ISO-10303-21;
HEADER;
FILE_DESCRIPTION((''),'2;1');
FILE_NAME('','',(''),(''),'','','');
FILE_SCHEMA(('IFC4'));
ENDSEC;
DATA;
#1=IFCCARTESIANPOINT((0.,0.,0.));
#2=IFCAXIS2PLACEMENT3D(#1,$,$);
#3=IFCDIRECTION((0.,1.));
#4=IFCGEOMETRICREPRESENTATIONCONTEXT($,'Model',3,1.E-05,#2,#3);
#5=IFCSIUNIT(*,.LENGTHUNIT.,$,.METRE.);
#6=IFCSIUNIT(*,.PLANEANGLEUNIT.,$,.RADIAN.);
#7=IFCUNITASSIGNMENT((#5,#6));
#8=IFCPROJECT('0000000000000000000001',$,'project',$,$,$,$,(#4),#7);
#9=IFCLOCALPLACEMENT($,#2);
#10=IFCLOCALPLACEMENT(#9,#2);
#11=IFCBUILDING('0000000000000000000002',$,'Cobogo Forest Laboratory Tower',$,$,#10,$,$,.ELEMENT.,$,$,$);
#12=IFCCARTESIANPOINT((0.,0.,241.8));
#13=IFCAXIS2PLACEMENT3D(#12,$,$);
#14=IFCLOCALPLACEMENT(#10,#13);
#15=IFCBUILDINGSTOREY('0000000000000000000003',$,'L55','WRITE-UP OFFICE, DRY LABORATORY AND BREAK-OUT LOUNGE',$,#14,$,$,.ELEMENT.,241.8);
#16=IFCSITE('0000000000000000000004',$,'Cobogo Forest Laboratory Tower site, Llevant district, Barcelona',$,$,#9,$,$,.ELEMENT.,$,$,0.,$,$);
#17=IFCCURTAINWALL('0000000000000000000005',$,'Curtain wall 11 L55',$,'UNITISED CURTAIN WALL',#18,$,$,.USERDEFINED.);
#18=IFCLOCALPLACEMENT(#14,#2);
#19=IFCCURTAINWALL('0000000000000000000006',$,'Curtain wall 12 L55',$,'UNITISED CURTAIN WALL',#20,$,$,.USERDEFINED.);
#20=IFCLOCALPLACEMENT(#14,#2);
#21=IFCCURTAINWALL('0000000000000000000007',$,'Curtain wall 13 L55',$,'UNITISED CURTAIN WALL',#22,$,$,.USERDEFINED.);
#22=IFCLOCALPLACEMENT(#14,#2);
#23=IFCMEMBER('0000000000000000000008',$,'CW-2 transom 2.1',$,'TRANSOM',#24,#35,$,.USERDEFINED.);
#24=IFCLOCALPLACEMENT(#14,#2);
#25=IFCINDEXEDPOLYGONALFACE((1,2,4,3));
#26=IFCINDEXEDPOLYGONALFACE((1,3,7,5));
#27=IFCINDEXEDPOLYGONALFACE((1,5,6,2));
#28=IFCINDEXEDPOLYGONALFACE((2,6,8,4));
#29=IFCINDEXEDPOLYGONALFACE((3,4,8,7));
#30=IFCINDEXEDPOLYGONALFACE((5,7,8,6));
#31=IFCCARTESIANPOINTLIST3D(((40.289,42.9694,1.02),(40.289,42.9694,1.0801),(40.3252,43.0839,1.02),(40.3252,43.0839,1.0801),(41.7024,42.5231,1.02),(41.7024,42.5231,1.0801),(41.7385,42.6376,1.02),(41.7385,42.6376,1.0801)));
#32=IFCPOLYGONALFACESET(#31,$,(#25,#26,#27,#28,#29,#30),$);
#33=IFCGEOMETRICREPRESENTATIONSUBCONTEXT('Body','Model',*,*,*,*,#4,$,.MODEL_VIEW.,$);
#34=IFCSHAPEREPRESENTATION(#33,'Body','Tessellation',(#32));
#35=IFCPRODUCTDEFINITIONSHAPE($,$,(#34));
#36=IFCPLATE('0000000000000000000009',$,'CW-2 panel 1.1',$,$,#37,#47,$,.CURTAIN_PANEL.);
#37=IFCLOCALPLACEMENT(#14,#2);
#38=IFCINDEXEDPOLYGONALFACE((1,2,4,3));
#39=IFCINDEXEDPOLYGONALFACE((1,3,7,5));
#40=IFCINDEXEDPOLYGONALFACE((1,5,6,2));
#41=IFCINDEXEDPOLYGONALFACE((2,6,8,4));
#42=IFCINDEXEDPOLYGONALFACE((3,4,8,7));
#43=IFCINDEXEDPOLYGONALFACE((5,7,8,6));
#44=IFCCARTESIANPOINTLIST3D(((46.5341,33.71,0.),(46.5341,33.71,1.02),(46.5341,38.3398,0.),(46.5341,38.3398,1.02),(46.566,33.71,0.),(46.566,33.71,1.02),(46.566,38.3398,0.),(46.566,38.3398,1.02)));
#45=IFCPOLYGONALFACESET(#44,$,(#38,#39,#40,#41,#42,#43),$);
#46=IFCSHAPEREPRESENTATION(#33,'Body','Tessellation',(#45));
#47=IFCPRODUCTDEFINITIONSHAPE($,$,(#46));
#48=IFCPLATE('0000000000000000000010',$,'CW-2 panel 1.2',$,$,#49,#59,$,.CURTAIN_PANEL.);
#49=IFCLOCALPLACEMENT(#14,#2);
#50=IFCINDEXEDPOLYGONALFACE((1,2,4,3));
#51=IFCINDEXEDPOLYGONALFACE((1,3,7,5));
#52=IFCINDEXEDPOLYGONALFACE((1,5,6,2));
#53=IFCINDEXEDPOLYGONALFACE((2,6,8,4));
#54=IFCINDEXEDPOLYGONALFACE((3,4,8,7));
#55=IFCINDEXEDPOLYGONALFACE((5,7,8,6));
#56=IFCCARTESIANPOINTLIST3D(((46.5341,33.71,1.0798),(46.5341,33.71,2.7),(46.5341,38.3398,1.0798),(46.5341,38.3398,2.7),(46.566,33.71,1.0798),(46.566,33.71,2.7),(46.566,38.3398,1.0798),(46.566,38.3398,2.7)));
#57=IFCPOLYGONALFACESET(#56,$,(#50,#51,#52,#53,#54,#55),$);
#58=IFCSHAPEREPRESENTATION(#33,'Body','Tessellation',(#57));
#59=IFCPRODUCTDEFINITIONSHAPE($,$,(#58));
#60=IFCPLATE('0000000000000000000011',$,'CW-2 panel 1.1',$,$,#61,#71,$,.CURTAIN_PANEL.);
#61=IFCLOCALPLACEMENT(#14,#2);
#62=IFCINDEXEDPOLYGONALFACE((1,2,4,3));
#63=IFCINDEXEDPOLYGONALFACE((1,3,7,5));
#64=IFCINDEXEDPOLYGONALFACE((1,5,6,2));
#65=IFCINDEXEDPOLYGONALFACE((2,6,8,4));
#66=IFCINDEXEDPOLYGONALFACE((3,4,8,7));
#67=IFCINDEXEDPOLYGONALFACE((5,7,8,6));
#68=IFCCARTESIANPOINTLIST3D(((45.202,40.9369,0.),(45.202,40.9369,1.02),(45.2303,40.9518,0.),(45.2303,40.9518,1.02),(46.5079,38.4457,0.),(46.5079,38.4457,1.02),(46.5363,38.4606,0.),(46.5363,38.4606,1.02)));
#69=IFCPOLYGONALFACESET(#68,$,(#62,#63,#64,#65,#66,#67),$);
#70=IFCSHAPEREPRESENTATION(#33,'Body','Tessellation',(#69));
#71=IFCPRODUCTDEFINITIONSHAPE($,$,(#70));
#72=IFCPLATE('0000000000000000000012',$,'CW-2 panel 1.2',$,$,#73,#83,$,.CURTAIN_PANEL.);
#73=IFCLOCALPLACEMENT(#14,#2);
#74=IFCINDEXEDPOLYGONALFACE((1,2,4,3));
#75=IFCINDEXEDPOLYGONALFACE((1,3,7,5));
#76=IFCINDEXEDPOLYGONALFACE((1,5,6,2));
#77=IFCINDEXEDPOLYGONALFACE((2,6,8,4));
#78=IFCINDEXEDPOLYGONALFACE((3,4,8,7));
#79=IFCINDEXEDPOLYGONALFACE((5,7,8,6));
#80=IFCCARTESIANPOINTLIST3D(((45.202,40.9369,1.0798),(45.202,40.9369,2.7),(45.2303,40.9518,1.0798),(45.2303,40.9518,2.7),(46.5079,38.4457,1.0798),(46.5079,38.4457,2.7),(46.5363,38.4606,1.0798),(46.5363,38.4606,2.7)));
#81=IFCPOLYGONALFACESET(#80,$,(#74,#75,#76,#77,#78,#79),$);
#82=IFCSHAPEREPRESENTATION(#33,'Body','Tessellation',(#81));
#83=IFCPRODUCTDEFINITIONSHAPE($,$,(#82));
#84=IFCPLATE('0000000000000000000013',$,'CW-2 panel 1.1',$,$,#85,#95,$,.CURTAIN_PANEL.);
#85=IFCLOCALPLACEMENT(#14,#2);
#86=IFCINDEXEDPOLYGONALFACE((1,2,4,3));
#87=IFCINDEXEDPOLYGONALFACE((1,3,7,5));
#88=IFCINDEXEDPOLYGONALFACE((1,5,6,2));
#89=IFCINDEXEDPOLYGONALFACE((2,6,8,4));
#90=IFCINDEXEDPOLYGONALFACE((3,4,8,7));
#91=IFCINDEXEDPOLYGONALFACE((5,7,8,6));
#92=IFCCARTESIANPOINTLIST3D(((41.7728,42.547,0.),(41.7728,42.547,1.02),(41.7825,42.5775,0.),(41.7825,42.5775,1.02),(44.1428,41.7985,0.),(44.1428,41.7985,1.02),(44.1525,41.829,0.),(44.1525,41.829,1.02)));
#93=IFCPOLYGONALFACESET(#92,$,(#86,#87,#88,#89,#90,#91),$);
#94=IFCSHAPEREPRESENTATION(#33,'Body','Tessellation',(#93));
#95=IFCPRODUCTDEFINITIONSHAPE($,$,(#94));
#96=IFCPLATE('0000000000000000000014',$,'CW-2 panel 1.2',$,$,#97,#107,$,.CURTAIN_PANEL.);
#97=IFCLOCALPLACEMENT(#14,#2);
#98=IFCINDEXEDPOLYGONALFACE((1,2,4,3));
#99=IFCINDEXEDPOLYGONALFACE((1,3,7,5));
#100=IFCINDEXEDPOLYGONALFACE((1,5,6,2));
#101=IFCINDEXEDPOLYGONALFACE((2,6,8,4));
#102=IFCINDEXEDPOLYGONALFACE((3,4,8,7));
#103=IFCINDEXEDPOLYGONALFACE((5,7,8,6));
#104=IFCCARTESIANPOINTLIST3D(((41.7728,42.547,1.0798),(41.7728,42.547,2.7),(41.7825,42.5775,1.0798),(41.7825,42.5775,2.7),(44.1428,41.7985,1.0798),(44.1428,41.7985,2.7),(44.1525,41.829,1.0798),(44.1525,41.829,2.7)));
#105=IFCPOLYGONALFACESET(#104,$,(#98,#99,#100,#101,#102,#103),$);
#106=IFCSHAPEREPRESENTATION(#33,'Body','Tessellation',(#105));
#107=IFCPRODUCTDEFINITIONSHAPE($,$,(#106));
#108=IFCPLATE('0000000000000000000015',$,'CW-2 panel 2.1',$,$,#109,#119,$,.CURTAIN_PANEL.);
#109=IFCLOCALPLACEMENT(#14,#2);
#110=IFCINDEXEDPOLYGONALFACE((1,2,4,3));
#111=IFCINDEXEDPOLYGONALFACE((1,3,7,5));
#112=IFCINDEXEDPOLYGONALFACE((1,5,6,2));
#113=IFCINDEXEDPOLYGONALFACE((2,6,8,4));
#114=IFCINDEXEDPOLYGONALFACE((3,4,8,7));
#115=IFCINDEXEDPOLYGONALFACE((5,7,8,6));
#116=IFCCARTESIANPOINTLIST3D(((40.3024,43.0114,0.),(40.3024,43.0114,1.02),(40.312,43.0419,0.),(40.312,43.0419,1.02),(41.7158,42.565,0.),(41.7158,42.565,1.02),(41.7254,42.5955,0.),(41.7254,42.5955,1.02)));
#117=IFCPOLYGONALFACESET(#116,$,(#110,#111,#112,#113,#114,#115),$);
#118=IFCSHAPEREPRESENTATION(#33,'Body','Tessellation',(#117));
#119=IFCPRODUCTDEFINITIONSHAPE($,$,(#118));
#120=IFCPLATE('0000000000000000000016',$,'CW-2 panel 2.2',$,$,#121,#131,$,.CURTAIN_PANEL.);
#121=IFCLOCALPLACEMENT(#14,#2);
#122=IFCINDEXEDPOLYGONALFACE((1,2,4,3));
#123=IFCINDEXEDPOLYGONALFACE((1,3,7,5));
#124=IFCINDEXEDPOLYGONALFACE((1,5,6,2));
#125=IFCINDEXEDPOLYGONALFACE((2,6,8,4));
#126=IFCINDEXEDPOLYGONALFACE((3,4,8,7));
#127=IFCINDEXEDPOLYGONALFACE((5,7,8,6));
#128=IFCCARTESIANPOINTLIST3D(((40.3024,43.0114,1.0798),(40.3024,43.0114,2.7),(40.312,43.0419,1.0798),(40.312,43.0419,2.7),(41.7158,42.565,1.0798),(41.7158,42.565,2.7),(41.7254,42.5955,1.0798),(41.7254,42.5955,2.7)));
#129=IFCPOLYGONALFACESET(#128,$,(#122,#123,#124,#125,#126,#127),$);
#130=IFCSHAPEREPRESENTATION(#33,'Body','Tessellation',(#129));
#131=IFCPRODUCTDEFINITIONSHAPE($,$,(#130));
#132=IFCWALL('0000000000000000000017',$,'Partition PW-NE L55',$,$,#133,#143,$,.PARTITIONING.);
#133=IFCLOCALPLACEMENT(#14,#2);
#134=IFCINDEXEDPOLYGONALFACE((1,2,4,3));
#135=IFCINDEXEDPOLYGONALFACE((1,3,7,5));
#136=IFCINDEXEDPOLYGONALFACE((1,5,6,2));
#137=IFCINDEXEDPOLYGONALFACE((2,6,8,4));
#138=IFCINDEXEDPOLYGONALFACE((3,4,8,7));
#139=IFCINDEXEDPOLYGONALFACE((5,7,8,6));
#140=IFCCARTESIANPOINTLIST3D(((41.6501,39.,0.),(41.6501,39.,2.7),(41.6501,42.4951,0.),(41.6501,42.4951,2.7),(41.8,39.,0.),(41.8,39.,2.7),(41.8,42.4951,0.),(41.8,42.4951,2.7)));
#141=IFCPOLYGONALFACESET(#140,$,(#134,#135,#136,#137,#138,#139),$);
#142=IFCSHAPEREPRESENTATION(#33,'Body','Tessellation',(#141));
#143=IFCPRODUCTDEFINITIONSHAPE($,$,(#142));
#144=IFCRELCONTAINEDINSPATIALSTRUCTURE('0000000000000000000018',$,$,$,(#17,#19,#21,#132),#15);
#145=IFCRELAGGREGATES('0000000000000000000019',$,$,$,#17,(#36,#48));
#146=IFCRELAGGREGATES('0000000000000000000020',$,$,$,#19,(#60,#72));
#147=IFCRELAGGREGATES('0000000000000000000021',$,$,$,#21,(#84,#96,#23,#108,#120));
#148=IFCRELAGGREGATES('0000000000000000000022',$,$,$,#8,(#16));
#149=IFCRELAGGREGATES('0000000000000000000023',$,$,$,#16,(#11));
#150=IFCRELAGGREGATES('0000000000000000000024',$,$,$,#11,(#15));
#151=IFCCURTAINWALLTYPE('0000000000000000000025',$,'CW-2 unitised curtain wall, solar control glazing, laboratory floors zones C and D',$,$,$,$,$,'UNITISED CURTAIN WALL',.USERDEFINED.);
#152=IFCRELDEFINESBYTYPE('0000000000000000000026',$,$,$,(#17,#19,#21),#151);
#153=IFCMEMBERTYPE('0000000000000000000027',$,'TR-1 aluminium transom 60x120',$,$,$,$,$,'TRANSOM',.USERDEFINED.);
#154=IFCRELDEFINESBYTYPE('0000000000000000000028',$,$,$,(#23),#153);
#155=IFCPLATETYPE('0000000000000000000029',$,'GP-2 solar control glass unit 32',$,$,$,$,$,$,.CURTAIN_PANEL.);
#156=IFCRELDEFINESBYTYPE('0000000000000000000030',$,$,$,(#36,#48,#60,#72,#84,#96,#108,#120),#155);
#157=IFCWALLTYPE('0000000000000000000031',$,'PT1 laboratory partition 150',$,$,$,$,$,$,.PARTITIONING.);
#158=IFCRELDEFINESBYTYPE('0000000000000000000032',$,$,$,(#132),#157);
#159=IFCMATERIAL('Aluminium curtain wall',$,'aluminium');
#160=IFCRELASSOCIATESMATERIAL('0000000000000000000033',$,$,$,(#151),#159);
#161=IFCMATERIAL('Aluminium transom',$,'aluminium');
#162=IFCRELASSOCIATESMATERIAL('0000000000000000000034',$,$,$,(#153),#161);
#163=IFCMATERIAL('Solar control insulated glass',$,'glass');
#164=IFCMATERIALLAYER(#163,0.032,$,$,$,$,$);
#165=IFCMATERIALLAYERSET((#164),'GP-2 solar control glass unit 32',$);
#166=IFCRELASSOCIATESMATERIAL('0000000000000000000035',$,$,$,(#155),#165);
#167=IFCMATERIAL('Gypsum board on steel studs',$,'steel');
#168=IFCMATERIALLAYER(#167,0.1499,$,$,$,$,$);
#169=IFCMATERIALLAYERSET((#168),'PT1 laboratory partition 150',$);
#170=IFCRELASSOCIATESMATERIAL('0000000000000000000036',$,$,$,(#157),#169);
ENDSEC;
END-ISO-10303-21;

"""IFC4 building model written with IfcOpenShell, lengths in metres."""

from ifc_helpers import new_model, si_unit, direction, frame, frame_2d, origin, origin_2d, place, context, subcontext, project, spatial, rectangle, extrude, material, layer, layer_set, material_profile, profile_set, type_object, element, aggregate, save


model = new_model("IFC4")

# Units and contexts
model_context = context("Model", 3, precision=1e-05, world=origin(), true_north=direction((0.0, 1.0)))
body_context = subcontext(model_context, "Body", "Model", "MODEL_VIEW")
ifc_project = project(units=[si_unit("LENGTHUNIT", "METRE"), si_unit("PLANEANGLEUNIT", "RADIAN")], contexts=[model_context])

# Site, building, storey
site_placement = place(None, origin())
site = spatial("IfcSite", under=ifc_project, at=site_placement, Name="Cobogo Forest Laboratory Tower site, Llevant district, Barcelona", CompositionType="ELEMENT", RefElevation=0.0)
building_placement = place(site_placement, origin())
building = spatial("IfcBuilding", under=site, at=building_placement, Name="Cobogo Forest Laboratory Tower", CompositionType="ELEMENT")
storey_placement = place(building_placement, frame((0.0, 0.0, 241.8)))
storey = spatial("IfcBuildingStorey", under=building, at=storey_placement, Name="L55", Description="WRITE-UP OFFICE, DRY LABORATORY AND BREAK-OUT LOUNGE", CompositionType="ELEMENT", Elevation=241.8)

# Curtain wall
ifc_material_1 = material(Name="Aluminium curtain wall", Category="aluminium")
curtain_wall_type = type_object("IfcCurtainWallType", Name="CW-2 unitised curtain wall, solar control glazing, laboratory floors zones C and D", ElementType="UNITISED CURTAIN WALL", PredefinedType="USERDEFINED", material=ifc_material_1)
curtain_wall_1_placement = place(storey_placement, origin())
curtain_wall_1 = element("IfcCurtainWall", 1, at=curtain_wall_1_placement, inside=storey, type_object=curtain_wall_type, Name="Curtain wall 11 L55", ObjectType="UNITISED CURTAIN WALL", PredefinedType="USERDEFINED")

# Curtain walls
curtain_wall_2_placement = place(storey_placement, origin())
curtain_wall_2 = element("IfcCurtainWall", 2, at=curtain_wall_2_placement, inside=storey, type_object=curtain_wall_type, Name="Curtain wall 12 L55", ObjectType="UNITISED CURTAIN WALL", PredefinedType="USERDEFINED")
curtain_wall_3_placement = place(storey_placement, origin())
curtain_wall_3 = element("IfcCurtainWall", 3, at=curtain_wall_3_placement, inside=storey, type_object=curtain_wall_type, Name="Curtain wall 13 L55", ObjectType="UNITISED CURTAIN WALL", PredefinedType="USERDEFINED")

# Member
ifc_material_2 = material(Name="Aluminium transom", Category="aluminium")
ifc_material_profile_1 = material_profile(ifc_material_2, rectangle(XDim=0.1201, YDim=0.0601, at=origin_2d()), Name="AL 60x120")
ifc_profile_set_1 = profile_set([ifc_material_profile_1], Name="Aluminium transom")
member_type_1 = type_object("IfcMemberType", Name="TR-1 aluminium transom 60x120", ElementType="TRANSOM", PredefinedType="USERDEFINED", material=ifc_profile_set_1)
member_1_placement = place(storey_placement, frame((41.7205, 42.5803, 1.05), z_axis=(-0.953588, 0.301116, 0.0), x_axis=(-0.301116, -0.953588, 0.0)))
member_1 = element("IfcMember", 4, at=member_1_placement, type_object=member_type_1, Name="CW-2 transom 2.1", ObjectType="TRANSOM", PredefinedType="USERDEFINED", context=body_context, shape_type="SweptSolid", body=[
    extrude(rectangle(XDim=0.1201, YDim=0.0601, at=origin_2d()), origin(), (0.0, 0.0, 1.0), 1.4822),
])

# Plates
ifc_material_3 = material(Name="Solar control insulated glass", Category="glass")
ifc_layer_1 = layer(ifc_material_3, 0.032)
ifc_layer_set_1 = layer_set([ifc_layer_1], Name="GP-2 solar control glass unit 32")
plate_type = type_object("IfcPlateType", Name="GP-2 solar control glass unit 32", PredefinedType="CURTAIN_PANEL", material=ifc_layer_set_1)
plate_1_placement = place(storey_placement, frame((46.55, 36.0249, 0.0), z_axis=(0.0, 0.0, 1.0), x_axis=(0.0, 1.0, 0.0)))
plate_1 = element("IfcPlate", 5, at=plate_1_placement, type_object=plate_type, Name="CW-2 panel 1.1", PredefinedType="CURTAIN_PANEL", context=body_context, shape_type="SweptSolid", body=[
    extrude(rectangle(XDim=4.6299, YDim=0.032, at=origin_2d()), origin(), (0.0, 0.0, 1.0), 1.02),
])
plate_2_placement = place(storey_placement, frame((46.55, 36.0249, 1.0798), z_axis=(0.0, 0.0, 1.0), x_axis=(0.0, 1.0, 0.0)))
plate_2 = element("IfcPlate", 6, at=plate_2_placement, type_object=plate_type, Name="CW-2 panel 1.2", PredefinedType="CURTAIN_PANEL", context=body_context, shape_type="SweptSolid", body=[
    extrude(rectangle(XDim=4.6299, YDim=0.032, at=origin_2d()), origin(), (0.0, 0.0, 1.0), 1.6201),
])
aggregate(curtain_wall_1, [plate_1, plate_2])
plate_3_placement = place(storey_placement, frame((45.8691, 39.6987, 0.0), z_axis=(0.0, 0.0, 1.0), x_axis=(-0.464284, 0.885686, 0.0)))
plate_3 = element("IfcPlate", 7, at=plate_3_placement, type_object=plate_type, Name="CW-2 panel 1.1", PredefinedType="CURTAIN_PANEL", context=body_context, shape_type="SweptSolid", body=[
    extrude(rectangle(XDim=2.8127, YDim=0.032, at=origin_2d()), origin(), (0.0, 0.0, 1.0), 1.02),
])
plate_4_placement = place(storey_placement, frame((45.8691, 39.6987, 1.0798), z_axis=(0.0, 0.0, 1.0), x_axis=(-0.464284, 0.885686, 0.0)))
plate_4 = element("IfcPlate", 8, at=plate_4_placement, type_object=plate_type, Name="CW-2 panel 1.2", PredefinedType="CURTAIN_PANEL", context=body_context, shape_type="SweptSolid", body=[
    extrude(rectangle(XDim=2.8127, YDim=0.032, at=origin_2d()), origin(), (0.0, 0.0, 1.0), 1.6201),
])
aggregate(curtain_wall_2, [plate_3, plate_4])
plate_5_placement = place(storey_placement, frame((42.9626, 42.188, 0.0), z_axis=(0.0, 0.0, 1.0), x_axis=(-0.953581, 0.301135, 0.0)))
plate_5 = element("IfcPlate", 9, at=plate_5_placement, type_object=plate_type, Name="CW-2 panel 1.1", PredefinedType="CURTAIN_PANEL", context=body_context, shape_type="SweptSolid", body=[
    extrude(rectangle(XDim=2.4854, YDim=0.032, at=origin_2d()), origin(), (0.0, 0.0, 1.0), 1.02),
])
plate_6_placement = place(storey_placement, frame((42.9626, 42.188, 1.0798), z_axis=(0.0, 0.0, 1.0), x_axis=(-0.953581, 0.301135, 0.0)))
plate_6 = element("IfcPlate", 10, at=plate_6_placement, type_object=plate_type, Name="CW-2 panel 1.2", PredefinedType="CURTAIN_PANEL", context=body_context, shape_type="SweptSolid", body=[
    extrude(rectangle(XDim=2.4854, YDim=0.032, at=origin_2d()), origin(), (0.0, 0.0, 1.0), 1.6201),
])
plate_7_placement = place(storey_placement, frame((41.0139, 42.8035, 0.0), z_axis=(0.0, 0.0, 1.0), x_axis=(-0.953581, 0.301135, 0.0)))
plate_7 = element("IfcPlate", 11, at=plate_7_placement, type_object=plate_type, Name="CW-2 panel 2.1", PredefinedType="CURTAIN_PANEL", context=body_context, shape_type="SweptSolid", body=[
    extrude(rectangle(XDim=1.4822, YDim=0.032, at=origin_2d()), origin(), (0.0, 0.0, 1.0), 1.02),
])
plate_8_placement = place(storey_placement, frame((41.0139, 42.8035, 1.0798), z_axis=(0.0, 0.0, 1.0), x_axis=(-0.953581, 0.301135, 0.0)))
plate_8 = element("IfcPlate", 12, at=plate_8_placement, type_object=plate_type, Name="CW-2 panel 2.2", PredefinedType="CURTAIN_PANEL", context=body_context, shape_type="SweptSolid", body=[
    extrude(rectangle(XDim=1.4822, YDim=0.032, at=origin_2d()), origin(), (0.0, 0.0, 1.0), 1.6201),
])
aggregate(curtain_wall_3, [plate_5, plate_6, member_1, plate_7, plate_8])

# Wall
ifc_material_4 = material(Name="Gypsum board on steel studs", Category="steel")
ifc_layer_2 = layer(ifc_material_4, 0.1499)
ifc_layer_set_2 = layer_set([ifc_layer_2], Name="PT1 laboratory partition 150")
wall_type = type_object("IfcWallType", Name="PT1 laboratory partition 150", PredefinedType="PARTITIONING", material=ifc_layer_set_2)
wall_placement = place(storey_placement, frame((41.7251, 42.4951, 0.0), z_axis=(0.0, 0.0, 1.0), x_axis=(0.0, -1.0, 0.0)))
element("IfcWall", 13, at=wall_placement, inside=storey, type_object=wall_type, Name="Partition PW-NE L55", PredefinedType="PARTITIONING", context=body_context, shape_type="SweptSolid", body=[
    extrude(rectangle(XDim=3.4951, YDim=0.1499, at=frame_2d((1.7476, 0.0))), origin(), (0.0, 0.0, 1.0), 2.7),
])

save(model, "model.ifc")
